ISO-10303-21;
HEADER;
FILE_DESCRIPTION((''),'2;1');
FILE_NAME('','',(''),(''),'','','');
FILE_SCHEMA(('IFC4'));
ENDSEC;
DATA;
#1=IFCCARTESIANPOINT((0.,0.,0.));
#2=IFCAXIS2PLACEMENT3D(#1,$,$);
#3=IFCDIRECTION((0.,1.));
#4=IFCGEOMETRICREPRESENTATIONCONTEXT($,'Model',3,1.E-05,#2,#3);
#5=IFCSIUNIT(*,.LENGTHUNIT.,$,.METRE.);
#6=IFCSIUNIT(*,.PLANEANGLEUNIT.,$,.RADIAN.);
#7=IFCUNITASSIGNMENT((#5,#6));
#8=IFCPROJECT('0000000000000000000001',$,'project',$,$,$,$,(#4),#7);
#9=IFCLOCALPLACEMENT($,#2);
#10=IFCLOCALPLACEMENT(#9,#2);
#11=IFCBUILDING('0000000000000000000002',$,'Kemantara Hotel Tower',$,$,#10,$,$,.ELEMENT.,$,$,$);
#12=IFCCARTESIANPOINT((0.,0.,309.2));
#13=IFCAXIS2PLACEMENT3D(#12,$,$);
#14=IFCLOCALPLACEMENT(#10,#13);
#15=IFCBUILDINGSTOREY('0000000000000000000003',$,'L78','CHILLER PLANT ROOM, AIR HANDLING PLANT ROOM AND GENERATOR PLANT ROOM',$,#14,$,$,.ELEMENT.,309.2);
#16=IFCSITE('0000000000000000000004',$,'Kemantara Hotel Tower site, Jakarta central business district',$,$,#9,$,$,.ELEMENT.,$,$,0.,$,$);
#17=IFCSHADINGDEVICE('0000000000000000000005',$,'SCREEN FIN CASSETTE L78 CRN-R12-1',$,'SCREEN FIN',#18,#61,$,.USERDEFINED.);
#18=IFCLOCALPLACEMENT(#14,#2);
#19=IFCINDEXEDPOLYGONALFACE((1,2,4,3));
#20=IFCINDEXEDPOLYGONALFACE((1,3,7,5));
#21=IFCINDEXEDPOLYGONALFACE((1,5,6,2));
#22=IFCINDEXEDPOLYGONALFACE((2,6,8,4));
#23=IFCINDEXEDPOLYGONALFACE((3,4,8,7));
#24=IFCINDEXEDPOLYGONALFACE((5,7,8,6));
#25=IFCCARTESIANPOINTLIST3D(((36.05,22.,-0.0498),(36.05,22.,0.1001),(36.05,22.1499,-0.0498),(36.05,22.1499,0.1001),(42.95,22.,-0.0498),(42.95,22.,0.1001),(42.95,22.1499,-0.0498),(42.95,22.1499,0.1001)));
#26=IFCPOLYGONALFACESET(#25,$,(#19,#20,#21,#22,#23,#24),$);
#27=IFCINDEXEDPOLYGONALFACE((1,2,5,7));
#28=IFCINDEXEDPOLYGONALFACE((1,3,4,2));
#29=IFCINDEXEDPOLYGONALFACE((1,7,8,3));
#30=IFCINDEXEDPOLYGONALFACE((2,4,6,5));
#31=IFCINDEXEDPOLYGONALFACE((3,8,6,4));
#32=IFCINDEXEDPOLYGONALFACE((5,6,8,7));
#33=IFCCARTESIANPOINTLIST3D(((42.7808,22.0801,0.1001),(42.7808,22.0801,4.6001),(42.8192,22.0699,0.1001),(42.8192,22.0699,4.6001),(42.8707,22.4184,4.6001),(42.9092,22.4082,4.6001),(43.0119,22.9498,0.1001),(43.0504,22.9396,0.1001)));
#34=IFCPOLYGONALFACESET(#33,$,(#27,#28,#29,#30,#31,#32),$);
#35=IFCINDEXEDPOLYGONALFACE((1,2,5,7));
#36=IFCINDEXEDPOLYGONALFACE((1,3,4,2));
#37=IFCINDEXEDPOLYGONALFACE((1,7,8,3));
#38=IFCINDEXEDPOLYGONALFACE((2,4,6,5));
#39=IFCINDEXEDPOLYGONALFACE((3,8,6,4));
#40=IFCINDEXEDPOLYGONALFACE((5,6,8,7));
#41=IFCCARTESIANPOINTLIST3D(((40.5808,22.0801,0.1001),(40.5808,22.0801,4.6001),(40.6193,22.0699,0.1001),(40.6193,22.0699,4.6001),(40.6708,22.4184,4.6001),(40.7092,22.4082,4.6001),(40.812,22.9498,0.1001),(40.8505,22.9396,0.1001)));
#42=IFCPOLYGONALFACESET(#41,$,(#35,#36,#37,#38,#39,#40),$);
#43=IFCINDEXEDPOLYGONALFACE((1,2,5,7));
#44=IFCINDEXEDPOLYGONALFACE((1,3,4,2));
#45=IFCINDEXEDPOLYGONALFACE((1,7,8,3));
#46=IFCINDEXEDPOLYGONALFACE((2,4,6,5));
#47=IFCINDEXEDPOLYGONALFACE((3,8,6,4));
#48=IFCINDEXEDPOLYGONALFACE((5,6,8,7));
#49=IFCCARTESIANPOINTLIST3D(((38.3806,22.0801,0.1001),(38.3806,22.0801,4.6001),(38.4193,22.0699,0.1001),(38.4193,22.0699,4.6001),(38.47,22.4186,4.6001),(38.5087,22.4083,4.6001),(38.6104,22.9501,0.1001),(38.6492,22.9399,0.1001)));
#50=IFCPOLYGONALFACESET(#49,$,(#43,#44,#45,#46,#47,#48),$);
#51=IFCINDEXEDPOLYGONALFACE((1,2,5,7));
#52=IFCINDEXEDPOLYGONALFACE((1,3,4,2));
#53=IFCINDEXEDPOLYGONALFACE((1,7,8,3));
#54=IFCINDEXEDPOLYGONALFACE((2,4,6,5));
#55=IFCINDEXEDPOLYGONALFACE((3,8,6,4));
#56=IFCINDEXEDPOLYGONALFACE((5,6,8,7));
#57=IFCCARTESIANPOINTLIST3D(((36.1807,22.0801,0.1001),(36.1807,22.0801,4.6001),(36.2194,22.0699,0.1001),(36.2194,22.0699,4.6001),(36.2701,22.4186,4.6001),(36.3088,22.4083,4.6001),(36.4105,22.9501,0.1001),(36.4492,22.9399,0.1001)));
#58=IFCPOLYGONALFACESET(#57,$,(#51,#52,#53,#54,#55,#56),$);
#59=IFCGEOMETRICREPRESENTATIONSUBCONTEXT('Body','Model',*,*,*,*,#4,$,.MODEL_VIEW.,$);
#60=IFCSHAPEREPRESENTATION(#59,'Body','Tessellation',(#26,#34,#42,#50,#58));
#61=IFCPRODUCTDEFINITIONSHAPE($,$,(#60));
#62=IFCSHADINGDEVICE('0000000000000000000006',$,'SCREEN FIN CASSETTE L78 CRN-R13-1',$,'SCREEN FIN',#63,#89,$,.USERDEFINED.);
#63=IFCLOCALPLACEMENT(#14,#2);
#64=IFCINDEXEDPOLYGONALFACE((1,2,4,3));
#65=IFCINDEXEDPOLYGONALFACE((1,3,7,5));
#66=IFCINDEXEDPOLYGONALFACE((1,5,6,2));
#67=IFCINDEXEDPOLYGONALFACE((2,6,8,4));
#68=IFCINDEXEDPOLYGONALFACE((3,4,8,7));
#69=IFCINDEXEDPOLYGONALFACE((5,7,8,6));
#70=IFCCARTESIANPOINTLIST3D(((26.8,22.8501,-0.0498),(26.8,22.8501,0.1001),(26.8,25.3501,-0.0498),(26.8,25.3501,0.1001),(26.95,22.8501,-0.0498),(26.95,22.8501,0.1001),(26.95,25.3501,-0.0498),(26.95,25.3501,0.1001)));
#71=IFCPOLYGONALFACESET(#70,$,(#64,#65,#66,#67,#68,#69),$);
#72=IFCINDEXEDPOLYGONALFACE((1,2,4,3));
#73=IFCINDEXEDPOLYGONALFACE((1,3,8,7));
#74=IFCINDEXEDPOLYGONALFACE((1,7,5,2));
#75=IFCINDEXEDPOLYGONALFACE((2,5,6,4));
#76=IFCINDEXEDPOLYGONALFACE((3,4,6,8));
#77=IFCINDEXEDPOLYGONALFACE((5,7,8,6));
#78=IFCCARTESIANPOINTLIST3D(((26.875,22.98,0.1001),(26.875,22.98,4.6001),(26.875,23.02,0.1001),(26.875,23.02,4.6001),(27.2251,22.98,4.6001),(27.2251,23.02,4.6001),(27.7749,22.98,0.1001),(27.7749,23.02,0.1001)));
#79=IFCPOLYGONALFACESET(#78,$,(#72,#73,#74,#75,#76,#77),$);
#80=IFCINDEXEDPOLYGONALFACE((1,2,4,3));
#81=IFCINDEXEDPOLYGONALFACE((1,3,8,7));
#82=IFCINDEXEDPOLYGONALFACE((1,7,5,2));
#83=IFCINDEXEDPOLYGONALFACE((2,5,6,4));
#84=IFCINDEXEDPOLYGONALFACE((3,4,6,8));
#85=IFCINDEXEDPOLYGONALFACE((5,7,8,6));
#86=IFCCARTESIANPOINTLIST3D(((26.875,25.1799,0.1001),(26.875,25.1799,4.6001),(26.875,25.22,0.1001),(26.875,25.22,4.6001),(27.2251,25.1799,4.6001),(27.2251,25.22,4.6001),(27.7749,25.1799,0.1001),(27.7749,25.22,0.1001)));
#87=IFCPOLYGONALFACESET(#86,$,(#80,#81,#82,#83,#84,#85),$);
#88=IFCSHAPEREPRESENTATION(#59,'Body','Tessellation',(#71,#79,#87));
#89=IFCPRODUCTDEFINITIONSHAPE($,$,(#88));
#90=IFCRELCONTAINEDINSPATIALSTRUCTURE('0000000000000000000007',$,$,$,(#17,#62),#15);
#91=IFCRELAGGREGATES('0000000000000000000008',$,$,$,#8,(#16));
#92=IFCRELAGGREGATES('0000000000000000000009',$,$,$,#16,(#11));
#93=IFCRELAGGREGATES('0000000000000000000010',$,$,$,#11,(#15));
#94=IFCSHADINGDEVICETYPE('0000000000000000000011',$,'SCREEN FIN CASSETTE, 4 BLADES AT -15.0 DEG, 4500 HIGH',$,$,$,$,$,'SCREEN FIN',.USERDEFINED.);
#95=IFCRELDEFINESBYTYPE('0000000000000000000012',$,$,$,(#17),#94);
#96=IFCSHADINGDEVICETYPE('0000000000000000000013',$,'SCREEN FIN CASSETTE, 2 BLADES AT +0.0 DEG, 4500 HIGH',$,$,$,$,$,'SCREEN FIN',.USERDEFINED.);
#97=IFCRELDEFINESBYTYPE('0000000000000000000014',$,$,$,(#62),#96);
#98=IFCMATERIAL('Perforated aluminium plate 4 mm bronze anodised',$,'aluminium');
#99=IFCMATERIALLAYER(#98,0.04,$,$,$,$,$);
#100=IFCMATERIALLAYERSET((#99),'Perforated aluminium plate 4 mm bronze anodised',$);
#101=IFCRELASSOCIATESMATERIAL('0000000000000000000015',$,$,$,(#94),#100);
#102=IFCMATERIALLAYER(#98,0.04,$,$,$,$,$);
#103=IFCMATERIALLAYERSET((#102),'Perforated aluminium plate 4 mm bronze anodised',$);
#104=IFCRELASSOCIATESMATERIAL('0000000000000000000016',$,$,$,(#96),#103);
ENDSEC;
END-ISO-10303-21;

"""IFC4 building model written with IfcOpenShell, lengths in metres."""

from ifc_helpers import new_model, si_unit, direction, frame, origin, origin_2d, place, context, subcontext, project, spatial, polyline, rectangle, outline, extrude, source, transform, mapped, material, layer, layer_set, type_object, element, save


model = new_model("IFC4")

# Units and contexts
model_context = context("Model", 3, precision=1e-05, world=origin(), true_north=direction((0.0, 1.0)))
body_context = subcontext(model_context, "Body", "Model", "MODEL_VIEW")
ifc_project = project(units=[si_unit("LENGTHUNIT", "METRE"), si_unit("PLANEANGLEUNIT", "RADIAN")], contexts=[model_context])

# Site, building, storey
site_placement = place(None, origin())
site = spatial("IfcSite", under=ifc_project, at=site_placement, Name="Kemantara Hotel Tower site, Jakarta central business district", CompositionType="ELEMENT", RefElevation=0.0)
building_placement = place(site_placement, origin())
building = spatial("IfcBuilding", under=site, at=building_placement, Name="Kemantara Hotel Tower", CompositionType="ELEMENT")
storey_placement = place(building_placement, frame((0.0, 0.0, 309.2)))
storey = spatial("IfcBuildingStorey", under=building, at=storey_placement, Name="L78", Description="CHILLER PLANT ROOM, AIR HANDLING PLANT ROOM AND GENERATOR PLANT ROOM", CompositionType="ELEMENT", Elevation=309.2)

# Shading devices
ifc_material_1 = material(Name="Perforated aluminium plate 4 mm bronze anodised", Category="aluminium")
ifc_layer_1 = layer(ifc_material_1, 0.04)
ifc_layer_set_1 = layer_set([ifc_layer_1], Name="Perforated aluminium plate 4 mm bronze anodised")
shading_device_type_1 = type_object("IfcShadingDeviceType", Name="SCREEN FIN CASSETTE, 4 BLADES AT -15.0 DEG, 4500 HIGH", ElementType="SCREEN FIN", PredefinedType="USERDEFINED", material=ifc_layer_set_1)
shared_shape_1 = source(origin(), body_context, "Body", "SweptSolid", [
    extrude(rectangle(XDim=6.8999, YDim=0.1499, at=origin_2d()), frame((3.3, -0.075, -0.1499), z_axis=(0.0, 0.0, 1.0), x_axis=(1.0, 0.0, 0.0)), (0.0, 0.0, 1.0), 0.1499),
    extrude(outline(polyline([(0.0, 0.0), (0.8999, 0.0), (0.3501, 4.5), (0.0, 4.5), (0.0, 0.0)])), frame((0.0193, -0.0801, 0.0), z_axis=(-0.966438, 0.256901, 0.0), x_axis=(-0.256901, -0.966438, 0.0)), (0.0, 0.0, 1.0), 0.0398),
    extrude(outline(polyline([(0.0, 0.0), (0.8999, 0.0), (0.3501, 4.5), (0.0, 4.5), (0.0, 0.0)])), frame((2.2192, -0.0801, 0.0), z_axis=(-0.966438, 0.256901, 0.0), x_axis=(-0.256901, -0.966438, 0.0)), (0.0, 0.0, 1.0), 0.0398),
    extrude(outline(polyline([(0.0, 0.0), (0.8999, 0.0), (0.3501, 4.5), (0.0, 4.5), (0.0, 0.0)])), frame((4.4194, -0.0801, 0.0), z_axis=(-0.966838, 0.255391, 0.0), x_axis=(-0.255391, -0.966838, 0.0)), (0.0, 0.0, 1.0), 0.04),
    extrude(outline(polyline([(0.0, 0.0), (0.8999, 0.0), (0.3501, 4.5), (0.0, 4.5), (0.0, 0.0)])), frame((6.6194, -0.0801, 0.0), z_axis=(-0.966838, 0.255391, 0.0), x_axis=(-0.255391, -0.966838, 0.0)), (0.0, 0.0, 1.0), 0.04),
])
shading_device_1_placement = place(storey_placement, frame((42.8, 22.0, 0.1001), z_axis=(0.0, 0.0, 1.0), x_axis=(-1.0, 0.0, 0.0)))
element("IfcShadingDevice", 1, at=shading_device_1_placement, inside=storey, type_object=shading_device_type_1, Name="SCREEN FIN CASSETTE L78 CRN-R12-1", ObjectType="SCREEN FIN", PredefinedType="USERDEFINED", context=body_context, shape_type="MappedRepresentation", body=[
    mapped(shared_shape_1, transform((0.0, 0.0, 0.0))),
])
ifc_layer_2 = layer(ifc_material_1, 0.04)
ifc_layer_set_2 = layer_set([ifc_layer_2], Name="Perforated aluminium plate 4 mm bronze anodised")
shading_device_type_2 = type_object("IfcShadingDeviceType", Name="SCREEN FIN CASSETTE, 2 BLADES AT +0.0 DEG, 4500 HIGH", ElementType="SCREEN FIN", PredefinedType="USERDEFINED", material=ifc_layer_set_2)
shared_shape_2 = source(origin(), body_context, "Body", "SweptSolid", [
    extrude(rectangle(XDim=2.5, YDim=0.1499, at=origin_2d()), frame((1.1001, -0.075, -0.1499), z_axis=(0.0, 0.0, 1.0), x_axis=(1.0, 0.0, 0.0)), (0.0, 0.0, 1.0), 0.1499),
    extrude(outline(polyline([(0.0, 0.0), (0.8999, 0.0), (0.3501, 4.5), (0.0, 4.5), (0.0, 0.0)])), frame((0.02, -0.075, 0.0), z_axis=(-1.0, 0.0, 0.0), x_axis=(0.0, -1.0, 0.0)), (0.0, 0.0, 1.0), 0.04),
    extrude(outline(polyline([(0.0, 0.0), (0.8999, 0.0), (0.3501, 4.5), (0.0, 4.5), (0.0, 0.0)])), frame((2.22, -0.075, 0.0), z_axis=(-1.0, 0.0, 0.0), x_axis=(0.0, -1.0, 0.0)), (0.0, 0.0, 1.0), 0.04),
])
shading_device_2_placement = place(storey_placement, frame((26.8, 23.0, 0.1001), z_axis=(0.0, 0.0, 1.0), x_axis=(0.0, 1.0, 0.0)))
element("IfcShadingDevice", 2, at=shading_device_2_placement, inside=storey, type_object=shading_device_type_2, Name="SCREEN FIN CASSETTE L78 CRN-R13-1", ObjectType="SCREEN FIN", PredefinedType="USERDEFINED", context=body_context, shape_type="MappedRepresentation", body=[
    mapped(shared_shape_2, transform((0.0, 0.0, 0.0))),
])

save(model, "model.ifc")
